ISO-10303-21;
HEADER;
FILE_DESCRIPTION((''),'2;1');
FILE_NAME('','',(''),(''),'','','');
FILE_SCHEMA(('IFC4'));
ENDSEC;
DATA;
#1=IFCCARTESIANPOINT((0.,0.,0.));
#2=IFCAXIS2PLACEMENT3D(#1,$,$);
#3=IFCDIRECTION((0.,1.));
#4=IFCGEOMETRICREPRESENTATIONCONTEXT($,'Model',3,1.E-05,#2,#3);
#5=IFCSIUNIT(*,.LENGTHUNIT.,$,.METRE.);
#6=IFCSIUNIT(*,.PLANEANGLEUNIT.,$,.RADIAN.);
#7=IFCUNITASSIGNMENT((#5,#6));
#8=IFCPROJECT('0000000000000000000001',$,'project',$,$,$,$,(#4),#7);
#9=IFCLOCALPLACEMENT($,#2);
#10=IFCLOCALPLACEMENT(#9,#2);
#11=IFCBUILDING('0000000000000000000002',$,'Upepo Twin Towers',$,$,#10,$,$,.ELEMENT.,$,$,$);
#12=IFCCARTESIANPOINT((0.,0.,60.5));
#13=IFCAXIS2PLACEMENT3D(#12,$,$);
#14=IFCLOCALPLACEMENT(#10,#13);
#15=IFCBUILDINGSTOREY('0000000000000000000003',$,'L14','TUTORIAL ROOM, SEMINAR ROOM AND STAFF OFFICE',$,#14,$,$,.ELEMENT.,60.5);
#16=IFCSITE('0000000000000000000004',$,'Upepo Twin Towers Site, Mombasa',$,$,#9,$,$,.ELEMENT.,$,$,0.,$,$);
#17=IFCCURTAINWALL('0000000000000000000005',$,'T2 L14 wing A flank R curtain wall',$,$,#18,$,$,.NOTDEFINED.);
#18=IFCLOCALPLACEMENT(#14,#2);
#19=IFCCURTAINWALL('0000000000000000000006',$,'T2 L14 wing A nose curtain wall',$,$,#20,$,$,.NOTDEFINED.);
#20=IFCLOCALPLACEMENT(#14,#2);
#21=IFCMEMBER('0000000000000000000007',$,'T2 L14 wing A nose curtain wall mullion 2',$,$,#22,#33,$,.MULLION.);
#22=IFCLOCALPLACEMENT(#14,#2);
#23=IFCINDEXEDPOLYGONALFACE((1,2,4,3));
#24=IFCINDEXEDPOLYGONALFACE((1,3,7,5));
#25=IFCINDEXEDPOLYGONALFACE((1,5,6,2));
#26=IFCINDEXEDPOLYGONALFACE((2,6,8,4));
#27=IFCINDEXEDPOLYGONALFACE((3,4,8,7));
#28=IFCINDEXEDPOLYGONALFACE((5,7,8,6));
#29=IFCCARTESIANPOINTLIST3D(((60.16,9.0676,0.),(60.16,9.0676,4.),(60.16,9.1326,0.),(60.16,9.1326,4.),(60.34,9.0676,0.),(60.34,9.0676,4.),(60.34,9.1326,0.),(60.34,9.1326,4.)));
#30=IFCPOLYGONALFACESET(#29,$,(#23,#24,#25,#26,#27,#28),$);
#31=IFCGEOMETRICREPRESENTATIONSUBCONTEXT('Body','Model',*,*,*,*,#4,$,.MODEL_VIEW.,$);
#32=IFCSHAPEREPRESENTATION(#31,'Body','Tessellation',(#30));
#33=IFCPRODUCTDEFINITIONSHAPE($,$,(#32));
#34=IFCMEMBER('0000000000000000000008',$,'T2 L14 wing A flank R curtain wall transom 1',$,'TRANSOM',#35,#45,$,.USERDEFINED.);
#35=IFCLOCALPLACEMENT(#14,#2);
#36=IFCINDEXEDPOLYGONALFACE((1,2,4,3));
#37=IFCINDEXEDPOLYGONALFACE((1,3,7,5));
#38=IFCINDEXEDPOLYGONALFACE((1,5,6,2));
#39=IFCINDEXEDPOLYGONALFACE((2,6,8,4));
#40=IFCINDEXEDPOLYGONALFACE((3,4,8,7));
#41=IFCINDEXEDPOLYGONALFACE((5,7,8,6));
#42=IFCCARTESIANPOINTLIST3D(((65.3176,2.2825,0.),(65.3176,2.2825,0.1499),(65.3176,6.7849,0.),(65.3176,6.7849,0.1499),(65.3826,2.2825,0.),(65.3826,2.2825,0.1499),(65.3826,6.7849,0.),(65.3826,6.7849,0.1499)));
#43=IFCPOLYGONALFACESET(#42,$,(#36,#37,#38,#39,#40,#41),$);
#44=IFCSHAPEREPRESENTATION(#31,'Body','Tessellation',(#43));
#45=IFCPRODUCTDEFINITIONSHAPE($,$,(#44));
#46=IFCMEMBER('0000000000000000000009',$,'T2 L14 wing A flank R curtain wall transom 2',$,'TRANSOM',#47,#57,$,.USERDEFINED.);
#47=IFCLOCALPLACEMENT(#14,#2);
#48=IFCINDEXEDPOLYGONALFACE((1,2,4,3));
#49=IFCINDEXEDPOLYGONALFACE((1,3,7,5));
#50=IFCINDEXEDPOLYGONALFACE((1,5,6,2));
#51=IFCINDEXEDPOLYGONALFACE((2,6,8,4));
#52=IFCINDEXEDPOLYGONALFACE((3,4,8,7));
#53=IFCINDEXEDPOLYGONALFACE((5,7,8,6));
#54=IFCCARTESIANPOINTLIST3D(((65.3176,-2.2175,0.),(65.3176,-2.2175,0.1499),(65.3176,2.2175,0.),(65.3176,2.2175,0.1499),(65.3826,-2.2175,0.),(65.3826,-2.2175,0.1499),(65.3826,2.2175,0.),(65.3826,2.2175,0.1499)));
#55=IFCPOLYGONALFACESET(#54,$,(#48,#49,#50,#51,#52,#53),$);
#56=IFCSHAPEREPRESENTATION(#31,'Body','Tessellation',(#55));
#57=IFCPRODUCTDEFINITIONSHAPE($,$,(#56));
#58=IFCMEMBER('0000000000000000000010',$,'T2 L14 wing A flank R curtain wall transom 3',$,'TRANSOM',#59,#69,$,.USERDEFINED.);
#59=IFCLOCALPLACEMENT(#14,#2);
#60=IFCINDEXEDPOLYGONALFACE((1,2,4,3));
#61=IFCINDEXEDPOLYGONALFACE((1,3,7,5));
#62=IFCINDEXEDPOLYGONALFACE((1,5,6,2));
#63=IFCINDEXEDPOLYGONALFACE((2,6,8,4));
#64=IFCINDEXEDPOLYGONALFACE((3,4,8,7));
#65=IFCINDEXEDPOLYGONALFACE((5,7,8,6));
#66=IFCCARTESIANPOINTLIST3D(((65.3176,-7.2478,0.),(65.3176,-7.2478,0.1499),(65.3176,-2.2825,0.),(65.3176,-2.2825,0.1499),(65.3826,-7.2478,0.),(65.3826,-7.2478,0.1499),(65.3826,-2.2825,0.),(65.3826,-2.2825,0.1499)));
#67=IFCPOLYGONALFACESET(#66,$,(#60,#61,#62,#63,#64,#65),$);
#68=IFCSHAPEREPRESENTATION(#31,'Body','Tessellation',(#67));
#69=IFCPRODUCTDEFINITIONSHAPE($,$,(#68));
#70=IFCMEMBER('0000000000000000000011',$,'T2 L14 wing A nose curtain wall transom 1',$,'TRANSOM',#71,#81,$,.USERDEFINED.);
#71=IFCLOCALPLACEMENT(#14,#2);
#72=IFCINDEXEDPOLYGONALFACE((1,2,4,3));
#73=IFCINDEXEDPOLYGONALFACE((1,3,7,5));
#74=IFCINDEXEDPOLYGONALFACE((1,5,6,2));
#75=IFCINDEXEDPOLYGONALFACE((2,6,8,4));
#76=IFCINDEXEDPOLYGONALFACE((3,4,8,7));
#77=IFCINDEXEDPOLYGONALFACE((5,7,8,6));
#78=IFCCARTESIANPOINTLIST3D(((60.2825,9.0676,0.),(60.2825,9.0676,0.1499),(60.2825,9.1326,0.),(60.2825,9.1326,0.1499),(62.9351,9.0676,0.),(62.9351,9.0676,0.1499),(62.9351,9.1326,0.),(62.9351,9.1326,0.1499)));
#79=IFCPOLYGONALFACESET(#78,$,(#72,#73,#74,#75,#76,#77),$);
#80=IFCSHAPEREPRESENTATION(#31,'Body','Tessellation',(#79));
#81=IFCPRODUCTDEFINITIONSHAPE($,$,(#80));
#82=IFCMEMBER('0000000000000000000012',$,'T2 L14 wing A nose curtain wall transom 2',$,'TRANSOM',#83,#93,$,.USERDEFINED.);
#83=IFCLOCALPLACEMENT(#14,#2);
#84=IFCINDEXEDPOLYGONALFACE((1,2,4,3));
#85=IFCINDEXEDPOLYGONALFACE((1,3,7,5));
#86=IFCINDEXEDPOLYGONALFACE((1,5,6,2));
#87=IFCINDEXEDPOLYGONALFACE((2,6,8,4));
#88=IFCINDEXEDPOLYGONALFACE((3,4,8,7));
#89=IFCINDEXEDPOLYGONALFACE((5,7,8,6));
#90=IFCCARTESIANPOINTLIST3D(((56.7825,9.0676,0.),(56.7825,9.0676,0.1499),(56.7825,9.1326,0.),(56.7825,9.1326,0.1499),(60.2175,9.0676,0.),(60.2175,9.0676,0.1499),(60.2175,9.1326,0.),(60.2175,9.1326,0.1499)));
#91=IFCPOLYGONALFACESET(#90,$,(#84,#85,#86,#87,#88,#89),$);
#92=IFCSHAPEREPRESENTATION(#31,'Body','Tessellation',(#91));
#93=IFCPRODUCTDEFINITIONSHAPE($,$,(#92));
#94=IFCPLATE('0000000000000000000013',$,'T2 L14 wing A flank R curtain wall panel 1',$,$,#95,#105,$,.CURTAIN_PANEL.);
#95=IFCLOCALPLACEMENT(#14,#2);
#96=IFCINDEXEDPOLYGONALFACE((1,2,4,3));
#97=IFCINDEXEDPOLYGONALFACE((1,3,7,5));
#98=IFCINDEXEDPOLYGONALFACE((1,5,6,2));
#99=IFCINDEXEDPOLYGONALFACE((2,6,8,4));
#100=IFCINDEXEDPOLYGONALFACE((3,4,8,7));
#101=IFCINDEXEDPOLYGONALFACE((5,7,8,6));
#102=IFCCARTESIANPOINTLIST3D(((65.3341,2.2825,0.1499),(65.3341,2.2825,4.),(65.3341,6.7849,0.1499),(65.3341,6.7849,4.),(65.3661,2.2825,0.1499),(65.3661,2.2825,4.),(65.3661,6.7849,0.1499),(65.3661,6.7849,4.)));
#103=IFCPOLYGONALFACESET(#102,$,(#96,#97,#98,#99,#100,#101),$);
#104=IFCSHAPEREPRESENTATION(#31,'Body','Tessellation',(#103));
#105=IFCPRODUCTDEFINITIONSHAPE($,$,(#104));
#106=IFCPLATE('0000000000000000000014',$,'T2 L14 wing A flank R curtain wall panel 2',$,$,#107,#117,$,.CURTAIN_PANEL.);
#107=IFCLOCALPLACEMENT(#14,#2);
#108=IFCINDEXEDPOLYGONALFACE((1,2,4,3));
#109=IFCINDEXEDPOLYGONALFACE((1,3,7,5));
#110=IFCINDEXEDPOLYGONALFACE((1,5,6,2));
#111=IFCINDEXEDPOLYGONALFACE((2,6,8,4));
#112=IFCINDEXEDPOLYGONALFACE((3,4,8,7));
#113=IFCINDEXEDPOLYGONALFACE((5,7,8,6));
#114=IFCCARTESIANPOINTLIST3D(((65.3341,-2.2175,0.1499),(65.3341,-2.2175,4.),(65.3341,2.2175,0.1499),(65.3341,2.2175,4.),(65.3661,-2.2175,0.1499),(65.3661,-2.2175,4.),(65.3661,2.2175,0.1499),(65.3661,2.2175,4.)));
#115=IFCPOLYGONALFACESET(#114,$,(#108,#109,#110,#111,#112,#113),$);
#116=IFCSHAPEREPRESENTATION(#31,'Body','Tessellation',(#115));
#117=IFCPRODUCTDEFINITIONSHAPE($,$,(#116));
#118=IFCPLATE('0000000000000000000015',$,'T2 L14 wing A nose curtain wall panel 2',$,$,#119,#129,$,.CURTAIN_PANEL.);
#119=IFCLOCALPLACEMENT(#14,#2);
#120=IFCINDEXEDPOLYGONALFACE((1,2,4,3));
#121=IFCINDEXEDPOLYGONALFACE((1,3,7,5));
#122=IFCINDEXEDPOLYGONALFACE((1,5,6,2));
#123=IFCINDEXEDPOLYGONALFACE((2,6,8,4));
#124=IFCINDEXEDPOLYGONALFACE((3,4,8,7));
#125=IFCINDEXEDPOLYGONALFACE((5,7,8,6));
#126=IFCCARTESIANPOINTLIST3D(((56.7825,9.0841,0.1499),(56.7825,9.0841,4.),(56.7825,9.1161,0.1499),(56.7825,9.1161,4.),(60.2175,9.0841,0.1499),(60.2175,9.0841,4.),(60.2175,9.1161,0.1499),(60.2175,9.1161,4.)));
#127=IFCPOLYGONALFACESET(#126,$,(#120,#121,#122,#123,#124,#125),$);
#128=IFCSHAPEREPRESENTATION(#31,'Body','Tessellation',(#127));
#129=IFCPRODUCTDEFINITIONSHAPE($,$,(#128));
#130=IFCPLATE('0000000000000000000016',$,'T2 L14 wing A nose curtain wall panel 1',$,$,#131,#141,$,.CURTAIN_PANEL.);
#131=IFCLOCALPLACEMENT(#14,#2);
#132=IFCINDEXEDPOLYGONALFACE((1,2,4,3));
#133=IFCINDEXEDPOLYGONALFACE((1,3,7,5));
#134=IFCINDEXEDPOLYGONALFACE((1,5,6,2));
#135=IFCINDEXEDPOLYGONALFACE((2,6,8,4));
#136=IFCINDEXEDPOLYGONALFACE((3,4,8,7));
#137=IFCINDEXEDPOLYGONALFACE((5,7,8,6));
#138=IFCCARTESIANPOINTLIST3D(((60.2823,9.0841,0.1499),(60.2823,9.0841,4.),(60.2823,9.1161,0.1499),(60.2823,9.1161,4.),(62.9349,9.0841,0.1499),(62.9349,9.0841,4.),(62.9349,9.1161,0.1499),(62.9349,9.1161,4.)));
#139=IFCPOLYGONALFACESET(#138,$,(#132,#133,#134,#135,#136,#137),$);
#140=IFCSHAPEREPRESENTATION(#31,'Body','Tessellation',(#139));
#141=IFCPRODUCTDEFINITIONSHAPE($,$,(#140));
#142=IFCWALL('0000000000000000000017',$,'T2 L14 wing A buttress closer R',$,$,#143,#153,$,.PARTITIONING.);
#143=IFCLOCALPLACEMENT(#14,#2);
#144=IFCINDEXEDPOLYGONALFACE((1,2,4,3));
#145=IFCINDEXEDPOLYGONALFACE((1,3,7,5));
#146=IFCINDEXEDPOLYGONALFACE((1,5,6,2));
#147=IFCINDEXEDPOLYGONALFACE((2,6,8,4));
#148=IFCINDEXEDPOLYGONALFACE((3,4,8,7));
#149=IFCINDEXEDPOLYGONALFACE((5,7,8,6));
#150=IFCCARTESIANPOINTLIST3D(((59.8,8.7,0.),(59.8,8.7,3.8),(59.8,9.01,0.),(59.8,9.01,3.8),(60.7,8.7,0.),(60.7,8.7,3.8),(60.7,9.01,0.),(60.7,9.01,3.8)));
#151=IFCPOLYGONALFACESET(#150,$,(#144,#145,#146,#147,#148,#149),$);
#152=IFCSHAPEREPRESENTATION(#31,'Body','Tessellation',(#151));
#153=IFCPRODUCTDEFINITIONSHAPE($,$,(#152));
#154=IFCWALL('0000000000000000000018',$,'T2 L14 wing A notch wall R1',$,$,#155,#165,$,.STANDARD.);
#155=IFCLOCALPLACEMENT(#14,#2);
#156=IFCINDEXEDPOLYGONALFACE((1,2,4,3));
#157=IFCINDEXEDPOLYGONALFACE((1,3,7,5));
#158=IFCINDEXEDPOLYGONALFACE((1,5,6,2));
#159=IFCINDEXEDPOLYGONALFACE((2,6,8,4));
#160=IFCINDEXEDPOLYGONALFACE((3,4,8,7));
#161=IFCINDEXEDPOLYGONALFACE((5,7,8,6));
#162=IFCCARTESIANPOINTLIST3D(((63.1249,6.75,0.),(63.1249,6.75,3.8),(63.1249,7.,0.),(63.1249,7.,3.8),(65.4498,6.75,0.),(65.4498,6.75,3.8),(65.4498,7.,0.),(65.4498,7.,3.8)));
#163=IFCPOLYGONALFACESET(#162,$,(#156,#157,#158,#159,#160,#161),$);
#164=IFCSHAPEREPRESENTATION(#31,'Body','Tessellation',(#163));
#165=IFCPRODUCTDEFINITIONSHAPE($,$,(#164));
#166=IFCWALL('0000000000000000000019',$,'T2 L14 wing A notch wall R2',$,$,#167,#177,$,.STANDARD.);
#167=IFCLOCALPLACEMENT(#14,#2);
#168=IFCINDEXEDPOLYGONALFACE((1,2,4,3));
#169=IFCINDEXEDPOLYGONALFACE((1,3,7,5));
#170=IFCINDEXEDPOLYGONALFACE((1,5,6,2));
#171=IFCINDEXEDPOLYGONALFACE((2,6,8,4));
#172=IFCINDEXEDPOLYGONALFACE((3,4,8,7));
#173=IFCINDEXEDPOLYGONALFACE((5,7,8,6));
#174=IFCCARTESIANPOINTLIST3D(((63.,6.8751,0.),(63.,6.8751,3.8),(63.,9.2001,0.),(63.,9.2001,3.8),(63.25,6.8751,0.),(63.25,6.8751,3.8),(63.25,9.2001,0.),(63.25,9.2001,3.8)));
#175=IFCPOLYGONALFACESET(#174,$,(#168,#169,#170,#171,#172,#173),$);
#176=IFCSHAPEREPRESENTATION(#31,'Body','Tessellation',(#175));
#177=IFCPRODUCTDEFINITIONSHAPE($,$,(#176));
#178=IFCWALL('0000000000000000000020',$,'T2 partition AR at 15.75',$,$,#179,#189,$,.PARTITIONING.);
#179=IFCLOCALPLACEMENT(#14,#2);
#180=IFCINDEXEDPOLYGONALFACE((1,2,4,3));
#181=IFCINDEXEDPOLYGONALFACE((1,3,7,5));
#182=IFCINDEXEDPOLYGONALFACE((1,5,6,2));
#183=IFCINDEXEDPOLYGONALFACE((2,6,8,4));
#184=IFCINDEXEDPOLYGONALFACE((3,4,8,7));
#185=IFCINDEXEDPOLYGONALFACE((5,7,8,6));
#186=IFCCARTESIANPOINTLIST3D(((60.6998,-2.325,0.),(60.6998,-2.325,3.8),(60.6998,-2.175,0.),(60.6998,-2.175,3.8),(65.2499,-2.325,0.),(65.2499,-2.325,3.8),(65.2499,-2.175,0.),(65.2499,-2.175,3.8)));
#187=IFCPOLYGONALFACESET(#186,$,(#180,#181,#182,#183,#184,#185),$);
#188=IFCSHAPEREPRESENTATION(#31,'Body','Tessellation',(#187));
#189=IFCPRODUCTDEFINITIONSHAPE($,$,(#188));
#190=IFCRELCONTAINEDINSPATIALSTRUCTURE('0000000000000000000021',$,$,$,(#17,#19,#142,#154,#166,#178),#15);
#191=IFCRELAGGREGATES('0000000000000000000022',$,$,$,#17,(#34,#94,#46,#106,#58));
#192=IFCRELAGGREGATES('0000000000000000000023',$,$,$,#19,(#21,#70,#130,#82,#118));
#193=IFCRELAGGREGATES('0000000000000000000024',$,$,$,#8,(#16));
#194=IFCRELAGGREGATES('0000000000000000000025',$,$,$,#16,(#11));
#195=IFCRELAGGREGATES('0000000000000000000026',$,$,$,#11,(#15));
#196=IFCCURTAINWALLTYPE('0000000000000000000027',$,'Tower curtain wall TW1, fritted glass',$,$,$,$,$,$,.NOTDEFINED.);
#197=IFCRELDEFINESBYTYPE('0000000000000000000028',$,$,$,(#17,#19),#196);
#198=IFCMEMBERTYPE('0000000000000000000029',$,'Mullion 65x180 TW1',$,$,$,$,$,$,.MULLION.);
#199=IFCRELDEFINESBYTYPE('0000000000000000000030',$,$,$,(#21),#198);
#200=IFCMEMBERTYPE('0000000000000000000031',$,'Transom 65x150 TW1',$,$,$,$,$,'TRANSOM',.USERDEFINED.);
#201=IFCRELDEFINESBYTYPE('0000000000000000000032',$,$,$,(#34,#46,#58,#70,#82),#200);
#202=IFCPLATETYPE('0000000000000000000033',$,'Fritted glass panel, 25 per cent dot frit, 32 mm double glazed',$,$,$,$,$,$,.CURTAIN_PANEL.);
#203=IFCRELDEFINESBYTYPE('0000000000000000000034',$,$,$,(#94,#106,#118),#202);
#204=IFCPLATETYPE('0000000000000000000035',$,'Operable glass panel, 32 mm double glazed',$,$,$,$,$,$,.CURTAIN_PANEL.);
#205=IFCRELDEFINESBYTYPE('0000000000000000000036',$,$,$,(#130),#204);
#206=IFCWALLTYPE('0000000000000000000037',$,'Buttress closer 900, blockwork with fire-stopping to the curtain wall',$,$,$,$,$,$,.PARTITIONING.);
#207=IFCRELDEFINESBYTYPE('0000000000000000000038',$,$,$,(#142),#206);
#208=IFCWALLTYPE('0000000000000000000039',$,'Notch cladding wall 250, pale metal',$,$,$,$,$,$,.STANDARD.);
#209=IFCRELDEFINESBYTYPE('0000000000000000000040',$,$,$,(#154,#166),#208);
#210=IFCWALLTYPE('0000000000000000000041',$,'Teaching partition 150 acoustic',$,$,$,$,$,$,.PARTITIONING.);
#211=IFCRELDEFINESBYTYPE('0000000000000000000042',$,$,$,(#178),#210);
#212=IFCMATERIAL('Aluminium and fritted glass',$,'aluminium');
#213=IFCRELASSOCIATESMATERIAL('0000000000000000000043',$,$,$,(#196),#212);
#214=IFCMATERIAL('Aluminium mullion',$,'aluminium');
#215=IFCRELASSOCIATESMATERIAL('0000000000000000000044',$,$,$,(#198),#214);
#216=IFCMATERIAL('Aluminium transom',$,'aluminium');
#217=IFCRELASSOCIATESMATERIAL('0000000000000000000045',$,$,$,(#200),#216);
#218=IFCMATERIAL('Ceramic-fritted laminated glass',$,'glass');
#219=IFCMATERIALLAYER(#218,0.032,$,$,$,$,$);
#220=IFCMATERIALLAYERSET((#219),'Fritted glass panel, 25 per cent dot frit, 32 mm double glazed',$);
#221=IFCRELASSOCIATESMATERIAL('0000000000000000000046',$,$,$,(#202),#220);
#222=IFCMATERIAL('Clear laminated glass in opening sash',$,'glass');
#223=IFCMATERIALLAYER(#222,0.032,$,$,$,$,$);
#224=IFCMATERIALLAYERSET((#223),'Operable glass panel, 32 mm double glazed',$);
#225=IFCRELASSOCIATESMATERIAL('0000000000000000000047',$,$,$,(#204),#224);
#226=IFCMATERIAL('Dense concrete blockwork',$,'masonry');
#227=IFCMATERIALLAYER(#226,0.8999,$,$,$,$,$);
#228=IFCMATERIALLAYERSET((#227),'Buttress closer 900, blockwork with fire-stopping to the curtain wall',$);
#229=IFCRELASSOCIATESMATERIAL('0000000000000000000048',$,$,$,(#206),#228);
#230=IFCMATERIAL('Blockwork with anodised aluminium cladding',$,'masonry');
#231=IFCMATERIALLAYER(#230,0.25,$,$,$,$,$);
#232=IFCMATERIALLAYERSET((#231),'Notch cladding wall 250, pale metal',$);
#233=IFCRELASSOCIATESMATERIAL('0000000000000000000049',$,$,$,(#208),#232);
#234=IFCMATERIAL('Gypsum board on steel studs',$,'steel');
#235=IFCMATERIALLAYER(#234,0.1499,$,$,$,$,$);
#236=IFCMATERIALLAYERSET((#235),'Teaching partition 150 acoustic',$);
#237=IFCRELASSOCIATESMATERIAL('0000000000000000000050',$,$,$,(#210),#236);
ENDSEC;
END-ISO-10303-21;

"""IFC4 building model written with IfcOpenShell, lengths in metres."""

from ifc_helpers import new_model, si_unit, direction, frame, frame_2d, origin, origin_2d, place, context, subcontext, project, spatial, rectangle, extrude, material, layer, layer_set, material_profile, profile_set, type_object, element, aggregate, save


model = new_model("IFC4")

# Units and contexts
model_context = context("Model", 3, precision=1e-05, world=origin(), true_north=direction((0.0, 1.0)))
body_context = subcontext(model_context, "Body", "Model", "MODEL_VIEW")
ifc_project = project(units=[si_unit("LENGTHUNIT", "METRE"), si_unit("PLANEANGLEUNIT", "RADIAN")], contexts=[model_context])

# Site, building, storey
site_placement = place(None, origin())
site = spatial("IfcSite", under=ifc_project, at=site_placement, Name="Upepo Twin Towers Site, Mombasa", CompositionType="ELEMENT", RefElevation=0.0)
building_placement = place(site_placement, origin())
building = spatial("IfcBuilding", under=site, at=building_placement, Name="Upepo Twin Towers", CompositionType="ELEMENT")
storey_placement = place(building_placement, frame((0.0, 0.0, 60.5)))
storey = spatial("IfcBuildingStorey", under=building, at=storey_placement, Name="L14", Description="TUTORIAL ROOM, SEMINAR ROOM AND STAFF OFFICE", CompositionType="ELEMENT", Elevation=60.5)

# Curtain walls, member
ifc_material_1 = material(Name="Aluminium and fritted glass", Category="aluminium")
curtain_wall_type = type_object("IfcCurtainWallType", Name="Tower curtain wall TW1, fritted glass", PredefinedType="NOTDEFINED", material=ifc_material_1)
curtain_wall_1_placement = place(storey_placement, origin())
curtain_wall_1 = element("IfcCurtainWall", 1, at=curtain_wall_1_placement, inside=storey, type_object=curtain_wall_type, Name="T2 L14 wing A flank R curtain wall", PredefinedType="NOTDEFINED")
ifc_material_2 = material(Name="Aluminium mullion", Category="aluminium")
ifc_material_profile_1 = material_profile(ifc_material_2, rectangle(XDim=0.0649, YDim=0.1799, at=origin_2d()), Name="MULLION 65x180")
ifc_profile_set_1 = profile_set([ifc_material_profile_1], Name="Aluminium mullion")
member_type_1 = type_object("IfcMemberType", Name="Mullion 65x180 TW1", PredefinedType="MULLION", material=ifc_profile_set_1)
curtain_wall_2_placement = place(storey_placement, origin())
curtain_wall_2 = element("IfcCurtainWall", 2, at=curtain_wall_2_placement, inside=storey, type_object=curtain_wall_type, Name="T2 L14 wing A nose curtain wall", PredefinedType="NOTDEFINED")
member_1_placement = place(storey_placement, frame((60.25, 9.1001, 0.0), z_axis=(0.0, 0.0, 1.0), x_axis=(0.0, -1.0, 0.0)))
member_1 = element("IfcMember", 3, at=member_1_placement, type_object=member_type_1, Name="T2 L14 wing A nose curtain wall mullion 2", PredefinedType="MULLION", context=body_context, shape_type="SweptSolid", body=[
    extrude(rectangle(XDim=0.0649, YDim=0.1799, at=origin_2d()), origin(), (0.0, 0.0, 1.0), 4.0),
])

# Members
ifc_material_3 = material(Name="Aluminium transom", Category="aluminium")
ifc_material_profile_2 = material_profile(ifc_material_3, rectangle(XDim=0.0649, YDim=0.1499, at=origin_2d()), Name="TRANSOM 65x150")
ifc_profile_set_2 = profile_set([ifc_material_profile_2], Name="Aluminium transom")
member_type_2 = type_object("IfcMemberType", Name="Transom 65x150 TW1", ElementType="TRANSOM", PredefinedType="USERDEFINED", material=ifc_profile_set_2)
member_2_placement = place(storey_placement, frame((65.3501, 6.7849, 0.075), z_axis=(0.0, -1.0, 0.0), x_axis=(1.0, 0.0, 0.0)))
member_2 = element("IfcMember", 4, at=member_2_placement, type_object=member_type_2, Name="T2 L14 wing A flank R curtain wall transom 1", ObjectType="TRANSOM", PredefinedType="USERDEFINED", context=body_context, shape_type="SweptSolid", body=[
    extrude(rectangle(XDim=0.0649, YDim=0.1499, at=origin_2d()), origin(), (0.0, 0.0, 1.0), 4.5024),
])
member_3_placement = place(storey_placement, frame((65.3501, 2.2175, 0.075), z_axis=(0.0, -1.0, 0.0), x_axis=(1.0, 0.0, 0.0)))
member_3 = element("IfcMember", 5, at=member_3_placement, type_object=member_type_2, Name="T2 L14 wing A flank R curtain wall transom 2", ObjectType="TRANSOM", PredefinedType="USERDEFINED", context=body_context, shape_type="SweptSolid", body=[
    extrude(rectangle(XDim=0.0649, YDim=0.1499, at=origin_2d()), origin(), (0.0, 0.0, 1.0), 4.4351),
])
member_4_placement = place(storey_placement, frame((65.3501, -2.2825, 0.075), z_axis=(0.0, -1.0, 0.0), x_axis=(1.0, 0.0, 0.0)))
member_4 = element("IfcMember", 6, at=member_4_placement, type_object=member_type_2, Name="T2 L14 wing A flank R curtain wall transom 3", ObjectType="TRANSOM", PredefinedType="USERDEFINED", context=body_context, shape_type="SweptSolid", body=[
    extrude(rectangle(XDim=0.0649, YDim=0.1499, at=origin_2d()), origin(), (0.0, 0.0, 1.0), 4.9653),
])
member_5_placement = place(storey_placement, frame((62.9351, 9.1001, 0.075), z_axis=(-1.0, 0.0, 0.0), x_axis=(0.0, -1.0, 0.0)))
member_5 = element("IfcMember", 7, at=member_5_placement, type_object=member_type_2, Name="T2 L14 wing A nose curtain wall transom 1", ObjectType="TRANSOM", PredefinedType="USERDEFINED", context=body_context, shape_type="SweptSolid", body=[
    extrude(rectangle(XDim=0.0649, YDim=0.1499, at=origin_2d()), origin(), (0.0, 0.0, 1.0), 2.6526),
])
member_6_placement = place(storey_placement, frame((60.2175, 9.1001, 0.075), z_axis=(-1.0, 0.0, 0.0), x_axis=(0.0, -1.0, 0.0)))
member_6 = element("IfcMember", 8, at=member_6_placement, type_object=member_type_2, Name="T2 L14 wing A nose curtain wall transom 2", ObjectType="TRANSOM", PredefinedType="USERDEFINED", context=body_context, shape_type="SweptSolid", body=[
    extrude(rectangle(XDim=0.0649, YDim=0.1499, at=origin_2d()), origin(), (0.0, 0.0, 1.0), 3.4351),
])

# Plates
ifc_material_4 = material(Name="Ceramic-fritted laminated glass", Category="glass")
ifc_layer_1 = layer(ifc_material_4, 0.032)
ifc_layer_set_1 = layer_set([ifc_layer_1], Name="Fritted glass panel, 25 per cent dot frit, 32 mm double glazed")
plate_type_1 = type_object("IfcPlateType", Name="Fritted glass panel, 25 per cent dot frit, 32 mm double glazed", PredefinedType="CURTAIN_PANEL", material=ifc_layer_set_1)
plate_1_placement = place(storey_placement, frame((65.3501, 4.5337, 0.1499), z_axis=(0.0, 0.0, 1.0), x_axis=(0.0, -1.0, 0.0)))
plate_1 = element("IfcPlate", 9, at=plate_1_placement, type_object=plate_type_1, Name="T2 L14 wing A flank R curtain wall panel 1", PredefinedType="CURTAIN_PANEL", context=body_context, shape_type="SweptSolid", body=[
    extrude(rectangle(XDim=4.5024, YDim=0.032, at=origin_2d()), origin(), (0.0, 0.0, 1.0), 3.8501),
])
plate_2_placement = place(storey_placement, frame((65.3501, 0.0, 0.1499), z_axis=(0.0, 0.0, 1.0), x_axis=(0.0, -1.0, 0.0)))
plate_2 = element("IfcPlate", 10, at=plate_2_placement, type_object=plate_type_1, Name="T2 L14 wing A flank R curtain wall panel 2", PredefinedType="CURTAIN_PANEL", context=body_context, shape_type="SweptSolid", body=[
    extrude(rectangle(XDim=4.4351, YDim=0.032, at=origin_2d()), origin(), (0.0, 0.0, 1.0), 3.8501),
])
aggregate(curtain_wall_1, [member_2, plate_1, member_3, plate_2, member_4])
plate_3_placement = place(storey_placement, frame((58.5, 9.1001, 0.1499), z_axis=(0.0, 0.0, 1.0), x_axis=(-1.0, 0.0, 0.0)))
plate_3 = element("IfcPlate", 11, at=plate_3_placement, type_object=plate_type_1, Name="T2 L14 wing A nose curtain wall panel 2", PredefinedType="CURTAIN_PANEL", context=body_context, shape_type="SweptSolid", body=[
    extrude(rectangle(XDim=3.4351, YDim=0.032, at=origin_2d()), origin(), (0.0, 0.0, 1.0), 3.8501),
])
ifc_material_5 = material(Name="Clear laminated glass in opening sash", Category="glass")
ifc_layer_2 = layer(ifc_material_5, 0.032)
ifc_layer_set_2 = layer_set([ifc_layer_2], Name="Operable glass panel, 32 mm double glazed")
plate_type_2 = type_object("IfcPlateType", Name="Operable glass panel, 32 mm double glazed", PredefinedType="CURTAIN_PANEL", material=ifc_layer_set_2)
plate_4_placement = place(storey_placement, frame((61.6086, 9.1001, 0.1499), z_axis=(0.0, 0.0, 1.0), x_axis=(-1.0, 0.0, 0.0)))
plate_4 = element("IfcPlate", 12, at=plate_4_placement, type_object=plate_type_2, Name="T2 L14 wing A nose curtain wall panel 1", PredefinedType="CURTAIN_PANEL", context=body_context, shape_type="SweptSolid", body=[
    extrude(rectangle(XDim=2.6526, YDim=0.032, at=origin_2d()), origin(), (0.0, 0.0, 1.0), 3.8501),
])
aggregate(curtain_wall_2, [member_1, member_5, plate_4, member_6, plate_3])

# Walls
ifc_material_6 = material(Name="Dense concrete blockwork", Category="masonry")
ifc_layer_3 = layer(ifc_material_6, 0.8999)
ifc_layer_set_3 = layer_set([ifc_layer_3], Name="Buttress closer 900, blockwork with fire-stopping to the curtain wall")
wall_type_1 = type_object("IfcWallType", Name="Buttress closer 900, blockwork with fire-stopping to the curtain wall", PredefinedType="PARTITIONING", material=ifc_layer_set_3)
wall_1_placement = place(storey_placement, frame((60.25, 8.7, 0.0), z_axis=(0.0, 0.0, 1.0), x_axis=(0.0, 1.0, 0.0)))
element("IfcWall", 13, at=wall_1_placement, inside=storey, type_object=wall_type_1, Name="T2 L14 wing A buttress closer R", PredefinedType="PARTITIONING", context=body_context, shape_type="SweptSolid", body=[
    extrude(rectangle(XDim=0.3101, YDim=0.8999, at=frame_2d((0.155, 0.0))), origin(), (0.0, 0.0, 1.0), 3.8),
])
ifc_material_7 = material(Name="Blockwork with anodised aluminium cladding", Category="masonry")
ifc_layer_4 = layer(ifc_material_7, 0.25)
ifc_layer_set_4 = layer_set([ifc_layer_4], Name="Notch cladding wall 250, pale metal")
wall_type_2 = type_object("IfcWallType", Name="Notch cladding wall 250, pale metal", PredefinedType="STANDARD", material=ifc_layer_set_4)
for number, where, z_axis, x_axis, name in (
    (14, (65.45, 6.875, 0.0), (0.0, 0.0, 1.0), (-1.0, 0.0, 0.0), "T2 L14 wing A notch wall R1"),
    (15, (63.125, 6.875, 0.0), (0.0, 0.0, 1.0), (0.0, 1.0, 0.0), "T2 L14 wing A notch wall R2"),
):
    element("IfcWall", number, at=place(storey_placement, frame(where, z_axis=z_axis, x_axis=x_axis)), inside=storey, type_object=wall_type_2, Name=name, PredefinedType="STANDARD", context=body_context, shape_type="SweptSolid", body=[
        extrude(rectangle(XDim=2.325, YDim=0.25, at=frame_2d((1.1626, 0.0))), origin(), (0.0, 0.0, 1.0), 3.8),
    ])
ifc_material_8 = material(Name="Gypsum board on steel studs", Category="steel")
ifc_layer_5 = layer(ifc_material_8, 0.1499)
ifc_layer_set_5 = layer_set([ifc_layer_5], Name="Teaching partition 150 acoustic")
wall_type_3 = type_object("IfcWallType", Name="Teaching partition 150 acoustic", PredefinedType="PARTITIONING", material=ifc_layer_set_5)
for number, where, z_axis, x_axis, name in (
    (16, (60.7, -2.25, 0.0), (0.0, 0.0, 1.0), (1.0, 0.0, 0.0), "T2 partition AR at 15.75"),
):
    element("IfcWall", number, at=place(storey_placement, frame(where, z_axis=z_axis, x_axis=x_axis)), inside=storey, type_object=wall_type_3, Name=name, PredefinedType="PARTITIONING", context=body_context, shape_type="SweptSolid", body=[
        extrude(rectangle(XDim=4.55, YDim=0.1499, at=frame_2d((2.2749, 0.0))), origin(), (0.0, 0.0, 1.0), 3.8),
    ])

save(model, "model.ifc")
